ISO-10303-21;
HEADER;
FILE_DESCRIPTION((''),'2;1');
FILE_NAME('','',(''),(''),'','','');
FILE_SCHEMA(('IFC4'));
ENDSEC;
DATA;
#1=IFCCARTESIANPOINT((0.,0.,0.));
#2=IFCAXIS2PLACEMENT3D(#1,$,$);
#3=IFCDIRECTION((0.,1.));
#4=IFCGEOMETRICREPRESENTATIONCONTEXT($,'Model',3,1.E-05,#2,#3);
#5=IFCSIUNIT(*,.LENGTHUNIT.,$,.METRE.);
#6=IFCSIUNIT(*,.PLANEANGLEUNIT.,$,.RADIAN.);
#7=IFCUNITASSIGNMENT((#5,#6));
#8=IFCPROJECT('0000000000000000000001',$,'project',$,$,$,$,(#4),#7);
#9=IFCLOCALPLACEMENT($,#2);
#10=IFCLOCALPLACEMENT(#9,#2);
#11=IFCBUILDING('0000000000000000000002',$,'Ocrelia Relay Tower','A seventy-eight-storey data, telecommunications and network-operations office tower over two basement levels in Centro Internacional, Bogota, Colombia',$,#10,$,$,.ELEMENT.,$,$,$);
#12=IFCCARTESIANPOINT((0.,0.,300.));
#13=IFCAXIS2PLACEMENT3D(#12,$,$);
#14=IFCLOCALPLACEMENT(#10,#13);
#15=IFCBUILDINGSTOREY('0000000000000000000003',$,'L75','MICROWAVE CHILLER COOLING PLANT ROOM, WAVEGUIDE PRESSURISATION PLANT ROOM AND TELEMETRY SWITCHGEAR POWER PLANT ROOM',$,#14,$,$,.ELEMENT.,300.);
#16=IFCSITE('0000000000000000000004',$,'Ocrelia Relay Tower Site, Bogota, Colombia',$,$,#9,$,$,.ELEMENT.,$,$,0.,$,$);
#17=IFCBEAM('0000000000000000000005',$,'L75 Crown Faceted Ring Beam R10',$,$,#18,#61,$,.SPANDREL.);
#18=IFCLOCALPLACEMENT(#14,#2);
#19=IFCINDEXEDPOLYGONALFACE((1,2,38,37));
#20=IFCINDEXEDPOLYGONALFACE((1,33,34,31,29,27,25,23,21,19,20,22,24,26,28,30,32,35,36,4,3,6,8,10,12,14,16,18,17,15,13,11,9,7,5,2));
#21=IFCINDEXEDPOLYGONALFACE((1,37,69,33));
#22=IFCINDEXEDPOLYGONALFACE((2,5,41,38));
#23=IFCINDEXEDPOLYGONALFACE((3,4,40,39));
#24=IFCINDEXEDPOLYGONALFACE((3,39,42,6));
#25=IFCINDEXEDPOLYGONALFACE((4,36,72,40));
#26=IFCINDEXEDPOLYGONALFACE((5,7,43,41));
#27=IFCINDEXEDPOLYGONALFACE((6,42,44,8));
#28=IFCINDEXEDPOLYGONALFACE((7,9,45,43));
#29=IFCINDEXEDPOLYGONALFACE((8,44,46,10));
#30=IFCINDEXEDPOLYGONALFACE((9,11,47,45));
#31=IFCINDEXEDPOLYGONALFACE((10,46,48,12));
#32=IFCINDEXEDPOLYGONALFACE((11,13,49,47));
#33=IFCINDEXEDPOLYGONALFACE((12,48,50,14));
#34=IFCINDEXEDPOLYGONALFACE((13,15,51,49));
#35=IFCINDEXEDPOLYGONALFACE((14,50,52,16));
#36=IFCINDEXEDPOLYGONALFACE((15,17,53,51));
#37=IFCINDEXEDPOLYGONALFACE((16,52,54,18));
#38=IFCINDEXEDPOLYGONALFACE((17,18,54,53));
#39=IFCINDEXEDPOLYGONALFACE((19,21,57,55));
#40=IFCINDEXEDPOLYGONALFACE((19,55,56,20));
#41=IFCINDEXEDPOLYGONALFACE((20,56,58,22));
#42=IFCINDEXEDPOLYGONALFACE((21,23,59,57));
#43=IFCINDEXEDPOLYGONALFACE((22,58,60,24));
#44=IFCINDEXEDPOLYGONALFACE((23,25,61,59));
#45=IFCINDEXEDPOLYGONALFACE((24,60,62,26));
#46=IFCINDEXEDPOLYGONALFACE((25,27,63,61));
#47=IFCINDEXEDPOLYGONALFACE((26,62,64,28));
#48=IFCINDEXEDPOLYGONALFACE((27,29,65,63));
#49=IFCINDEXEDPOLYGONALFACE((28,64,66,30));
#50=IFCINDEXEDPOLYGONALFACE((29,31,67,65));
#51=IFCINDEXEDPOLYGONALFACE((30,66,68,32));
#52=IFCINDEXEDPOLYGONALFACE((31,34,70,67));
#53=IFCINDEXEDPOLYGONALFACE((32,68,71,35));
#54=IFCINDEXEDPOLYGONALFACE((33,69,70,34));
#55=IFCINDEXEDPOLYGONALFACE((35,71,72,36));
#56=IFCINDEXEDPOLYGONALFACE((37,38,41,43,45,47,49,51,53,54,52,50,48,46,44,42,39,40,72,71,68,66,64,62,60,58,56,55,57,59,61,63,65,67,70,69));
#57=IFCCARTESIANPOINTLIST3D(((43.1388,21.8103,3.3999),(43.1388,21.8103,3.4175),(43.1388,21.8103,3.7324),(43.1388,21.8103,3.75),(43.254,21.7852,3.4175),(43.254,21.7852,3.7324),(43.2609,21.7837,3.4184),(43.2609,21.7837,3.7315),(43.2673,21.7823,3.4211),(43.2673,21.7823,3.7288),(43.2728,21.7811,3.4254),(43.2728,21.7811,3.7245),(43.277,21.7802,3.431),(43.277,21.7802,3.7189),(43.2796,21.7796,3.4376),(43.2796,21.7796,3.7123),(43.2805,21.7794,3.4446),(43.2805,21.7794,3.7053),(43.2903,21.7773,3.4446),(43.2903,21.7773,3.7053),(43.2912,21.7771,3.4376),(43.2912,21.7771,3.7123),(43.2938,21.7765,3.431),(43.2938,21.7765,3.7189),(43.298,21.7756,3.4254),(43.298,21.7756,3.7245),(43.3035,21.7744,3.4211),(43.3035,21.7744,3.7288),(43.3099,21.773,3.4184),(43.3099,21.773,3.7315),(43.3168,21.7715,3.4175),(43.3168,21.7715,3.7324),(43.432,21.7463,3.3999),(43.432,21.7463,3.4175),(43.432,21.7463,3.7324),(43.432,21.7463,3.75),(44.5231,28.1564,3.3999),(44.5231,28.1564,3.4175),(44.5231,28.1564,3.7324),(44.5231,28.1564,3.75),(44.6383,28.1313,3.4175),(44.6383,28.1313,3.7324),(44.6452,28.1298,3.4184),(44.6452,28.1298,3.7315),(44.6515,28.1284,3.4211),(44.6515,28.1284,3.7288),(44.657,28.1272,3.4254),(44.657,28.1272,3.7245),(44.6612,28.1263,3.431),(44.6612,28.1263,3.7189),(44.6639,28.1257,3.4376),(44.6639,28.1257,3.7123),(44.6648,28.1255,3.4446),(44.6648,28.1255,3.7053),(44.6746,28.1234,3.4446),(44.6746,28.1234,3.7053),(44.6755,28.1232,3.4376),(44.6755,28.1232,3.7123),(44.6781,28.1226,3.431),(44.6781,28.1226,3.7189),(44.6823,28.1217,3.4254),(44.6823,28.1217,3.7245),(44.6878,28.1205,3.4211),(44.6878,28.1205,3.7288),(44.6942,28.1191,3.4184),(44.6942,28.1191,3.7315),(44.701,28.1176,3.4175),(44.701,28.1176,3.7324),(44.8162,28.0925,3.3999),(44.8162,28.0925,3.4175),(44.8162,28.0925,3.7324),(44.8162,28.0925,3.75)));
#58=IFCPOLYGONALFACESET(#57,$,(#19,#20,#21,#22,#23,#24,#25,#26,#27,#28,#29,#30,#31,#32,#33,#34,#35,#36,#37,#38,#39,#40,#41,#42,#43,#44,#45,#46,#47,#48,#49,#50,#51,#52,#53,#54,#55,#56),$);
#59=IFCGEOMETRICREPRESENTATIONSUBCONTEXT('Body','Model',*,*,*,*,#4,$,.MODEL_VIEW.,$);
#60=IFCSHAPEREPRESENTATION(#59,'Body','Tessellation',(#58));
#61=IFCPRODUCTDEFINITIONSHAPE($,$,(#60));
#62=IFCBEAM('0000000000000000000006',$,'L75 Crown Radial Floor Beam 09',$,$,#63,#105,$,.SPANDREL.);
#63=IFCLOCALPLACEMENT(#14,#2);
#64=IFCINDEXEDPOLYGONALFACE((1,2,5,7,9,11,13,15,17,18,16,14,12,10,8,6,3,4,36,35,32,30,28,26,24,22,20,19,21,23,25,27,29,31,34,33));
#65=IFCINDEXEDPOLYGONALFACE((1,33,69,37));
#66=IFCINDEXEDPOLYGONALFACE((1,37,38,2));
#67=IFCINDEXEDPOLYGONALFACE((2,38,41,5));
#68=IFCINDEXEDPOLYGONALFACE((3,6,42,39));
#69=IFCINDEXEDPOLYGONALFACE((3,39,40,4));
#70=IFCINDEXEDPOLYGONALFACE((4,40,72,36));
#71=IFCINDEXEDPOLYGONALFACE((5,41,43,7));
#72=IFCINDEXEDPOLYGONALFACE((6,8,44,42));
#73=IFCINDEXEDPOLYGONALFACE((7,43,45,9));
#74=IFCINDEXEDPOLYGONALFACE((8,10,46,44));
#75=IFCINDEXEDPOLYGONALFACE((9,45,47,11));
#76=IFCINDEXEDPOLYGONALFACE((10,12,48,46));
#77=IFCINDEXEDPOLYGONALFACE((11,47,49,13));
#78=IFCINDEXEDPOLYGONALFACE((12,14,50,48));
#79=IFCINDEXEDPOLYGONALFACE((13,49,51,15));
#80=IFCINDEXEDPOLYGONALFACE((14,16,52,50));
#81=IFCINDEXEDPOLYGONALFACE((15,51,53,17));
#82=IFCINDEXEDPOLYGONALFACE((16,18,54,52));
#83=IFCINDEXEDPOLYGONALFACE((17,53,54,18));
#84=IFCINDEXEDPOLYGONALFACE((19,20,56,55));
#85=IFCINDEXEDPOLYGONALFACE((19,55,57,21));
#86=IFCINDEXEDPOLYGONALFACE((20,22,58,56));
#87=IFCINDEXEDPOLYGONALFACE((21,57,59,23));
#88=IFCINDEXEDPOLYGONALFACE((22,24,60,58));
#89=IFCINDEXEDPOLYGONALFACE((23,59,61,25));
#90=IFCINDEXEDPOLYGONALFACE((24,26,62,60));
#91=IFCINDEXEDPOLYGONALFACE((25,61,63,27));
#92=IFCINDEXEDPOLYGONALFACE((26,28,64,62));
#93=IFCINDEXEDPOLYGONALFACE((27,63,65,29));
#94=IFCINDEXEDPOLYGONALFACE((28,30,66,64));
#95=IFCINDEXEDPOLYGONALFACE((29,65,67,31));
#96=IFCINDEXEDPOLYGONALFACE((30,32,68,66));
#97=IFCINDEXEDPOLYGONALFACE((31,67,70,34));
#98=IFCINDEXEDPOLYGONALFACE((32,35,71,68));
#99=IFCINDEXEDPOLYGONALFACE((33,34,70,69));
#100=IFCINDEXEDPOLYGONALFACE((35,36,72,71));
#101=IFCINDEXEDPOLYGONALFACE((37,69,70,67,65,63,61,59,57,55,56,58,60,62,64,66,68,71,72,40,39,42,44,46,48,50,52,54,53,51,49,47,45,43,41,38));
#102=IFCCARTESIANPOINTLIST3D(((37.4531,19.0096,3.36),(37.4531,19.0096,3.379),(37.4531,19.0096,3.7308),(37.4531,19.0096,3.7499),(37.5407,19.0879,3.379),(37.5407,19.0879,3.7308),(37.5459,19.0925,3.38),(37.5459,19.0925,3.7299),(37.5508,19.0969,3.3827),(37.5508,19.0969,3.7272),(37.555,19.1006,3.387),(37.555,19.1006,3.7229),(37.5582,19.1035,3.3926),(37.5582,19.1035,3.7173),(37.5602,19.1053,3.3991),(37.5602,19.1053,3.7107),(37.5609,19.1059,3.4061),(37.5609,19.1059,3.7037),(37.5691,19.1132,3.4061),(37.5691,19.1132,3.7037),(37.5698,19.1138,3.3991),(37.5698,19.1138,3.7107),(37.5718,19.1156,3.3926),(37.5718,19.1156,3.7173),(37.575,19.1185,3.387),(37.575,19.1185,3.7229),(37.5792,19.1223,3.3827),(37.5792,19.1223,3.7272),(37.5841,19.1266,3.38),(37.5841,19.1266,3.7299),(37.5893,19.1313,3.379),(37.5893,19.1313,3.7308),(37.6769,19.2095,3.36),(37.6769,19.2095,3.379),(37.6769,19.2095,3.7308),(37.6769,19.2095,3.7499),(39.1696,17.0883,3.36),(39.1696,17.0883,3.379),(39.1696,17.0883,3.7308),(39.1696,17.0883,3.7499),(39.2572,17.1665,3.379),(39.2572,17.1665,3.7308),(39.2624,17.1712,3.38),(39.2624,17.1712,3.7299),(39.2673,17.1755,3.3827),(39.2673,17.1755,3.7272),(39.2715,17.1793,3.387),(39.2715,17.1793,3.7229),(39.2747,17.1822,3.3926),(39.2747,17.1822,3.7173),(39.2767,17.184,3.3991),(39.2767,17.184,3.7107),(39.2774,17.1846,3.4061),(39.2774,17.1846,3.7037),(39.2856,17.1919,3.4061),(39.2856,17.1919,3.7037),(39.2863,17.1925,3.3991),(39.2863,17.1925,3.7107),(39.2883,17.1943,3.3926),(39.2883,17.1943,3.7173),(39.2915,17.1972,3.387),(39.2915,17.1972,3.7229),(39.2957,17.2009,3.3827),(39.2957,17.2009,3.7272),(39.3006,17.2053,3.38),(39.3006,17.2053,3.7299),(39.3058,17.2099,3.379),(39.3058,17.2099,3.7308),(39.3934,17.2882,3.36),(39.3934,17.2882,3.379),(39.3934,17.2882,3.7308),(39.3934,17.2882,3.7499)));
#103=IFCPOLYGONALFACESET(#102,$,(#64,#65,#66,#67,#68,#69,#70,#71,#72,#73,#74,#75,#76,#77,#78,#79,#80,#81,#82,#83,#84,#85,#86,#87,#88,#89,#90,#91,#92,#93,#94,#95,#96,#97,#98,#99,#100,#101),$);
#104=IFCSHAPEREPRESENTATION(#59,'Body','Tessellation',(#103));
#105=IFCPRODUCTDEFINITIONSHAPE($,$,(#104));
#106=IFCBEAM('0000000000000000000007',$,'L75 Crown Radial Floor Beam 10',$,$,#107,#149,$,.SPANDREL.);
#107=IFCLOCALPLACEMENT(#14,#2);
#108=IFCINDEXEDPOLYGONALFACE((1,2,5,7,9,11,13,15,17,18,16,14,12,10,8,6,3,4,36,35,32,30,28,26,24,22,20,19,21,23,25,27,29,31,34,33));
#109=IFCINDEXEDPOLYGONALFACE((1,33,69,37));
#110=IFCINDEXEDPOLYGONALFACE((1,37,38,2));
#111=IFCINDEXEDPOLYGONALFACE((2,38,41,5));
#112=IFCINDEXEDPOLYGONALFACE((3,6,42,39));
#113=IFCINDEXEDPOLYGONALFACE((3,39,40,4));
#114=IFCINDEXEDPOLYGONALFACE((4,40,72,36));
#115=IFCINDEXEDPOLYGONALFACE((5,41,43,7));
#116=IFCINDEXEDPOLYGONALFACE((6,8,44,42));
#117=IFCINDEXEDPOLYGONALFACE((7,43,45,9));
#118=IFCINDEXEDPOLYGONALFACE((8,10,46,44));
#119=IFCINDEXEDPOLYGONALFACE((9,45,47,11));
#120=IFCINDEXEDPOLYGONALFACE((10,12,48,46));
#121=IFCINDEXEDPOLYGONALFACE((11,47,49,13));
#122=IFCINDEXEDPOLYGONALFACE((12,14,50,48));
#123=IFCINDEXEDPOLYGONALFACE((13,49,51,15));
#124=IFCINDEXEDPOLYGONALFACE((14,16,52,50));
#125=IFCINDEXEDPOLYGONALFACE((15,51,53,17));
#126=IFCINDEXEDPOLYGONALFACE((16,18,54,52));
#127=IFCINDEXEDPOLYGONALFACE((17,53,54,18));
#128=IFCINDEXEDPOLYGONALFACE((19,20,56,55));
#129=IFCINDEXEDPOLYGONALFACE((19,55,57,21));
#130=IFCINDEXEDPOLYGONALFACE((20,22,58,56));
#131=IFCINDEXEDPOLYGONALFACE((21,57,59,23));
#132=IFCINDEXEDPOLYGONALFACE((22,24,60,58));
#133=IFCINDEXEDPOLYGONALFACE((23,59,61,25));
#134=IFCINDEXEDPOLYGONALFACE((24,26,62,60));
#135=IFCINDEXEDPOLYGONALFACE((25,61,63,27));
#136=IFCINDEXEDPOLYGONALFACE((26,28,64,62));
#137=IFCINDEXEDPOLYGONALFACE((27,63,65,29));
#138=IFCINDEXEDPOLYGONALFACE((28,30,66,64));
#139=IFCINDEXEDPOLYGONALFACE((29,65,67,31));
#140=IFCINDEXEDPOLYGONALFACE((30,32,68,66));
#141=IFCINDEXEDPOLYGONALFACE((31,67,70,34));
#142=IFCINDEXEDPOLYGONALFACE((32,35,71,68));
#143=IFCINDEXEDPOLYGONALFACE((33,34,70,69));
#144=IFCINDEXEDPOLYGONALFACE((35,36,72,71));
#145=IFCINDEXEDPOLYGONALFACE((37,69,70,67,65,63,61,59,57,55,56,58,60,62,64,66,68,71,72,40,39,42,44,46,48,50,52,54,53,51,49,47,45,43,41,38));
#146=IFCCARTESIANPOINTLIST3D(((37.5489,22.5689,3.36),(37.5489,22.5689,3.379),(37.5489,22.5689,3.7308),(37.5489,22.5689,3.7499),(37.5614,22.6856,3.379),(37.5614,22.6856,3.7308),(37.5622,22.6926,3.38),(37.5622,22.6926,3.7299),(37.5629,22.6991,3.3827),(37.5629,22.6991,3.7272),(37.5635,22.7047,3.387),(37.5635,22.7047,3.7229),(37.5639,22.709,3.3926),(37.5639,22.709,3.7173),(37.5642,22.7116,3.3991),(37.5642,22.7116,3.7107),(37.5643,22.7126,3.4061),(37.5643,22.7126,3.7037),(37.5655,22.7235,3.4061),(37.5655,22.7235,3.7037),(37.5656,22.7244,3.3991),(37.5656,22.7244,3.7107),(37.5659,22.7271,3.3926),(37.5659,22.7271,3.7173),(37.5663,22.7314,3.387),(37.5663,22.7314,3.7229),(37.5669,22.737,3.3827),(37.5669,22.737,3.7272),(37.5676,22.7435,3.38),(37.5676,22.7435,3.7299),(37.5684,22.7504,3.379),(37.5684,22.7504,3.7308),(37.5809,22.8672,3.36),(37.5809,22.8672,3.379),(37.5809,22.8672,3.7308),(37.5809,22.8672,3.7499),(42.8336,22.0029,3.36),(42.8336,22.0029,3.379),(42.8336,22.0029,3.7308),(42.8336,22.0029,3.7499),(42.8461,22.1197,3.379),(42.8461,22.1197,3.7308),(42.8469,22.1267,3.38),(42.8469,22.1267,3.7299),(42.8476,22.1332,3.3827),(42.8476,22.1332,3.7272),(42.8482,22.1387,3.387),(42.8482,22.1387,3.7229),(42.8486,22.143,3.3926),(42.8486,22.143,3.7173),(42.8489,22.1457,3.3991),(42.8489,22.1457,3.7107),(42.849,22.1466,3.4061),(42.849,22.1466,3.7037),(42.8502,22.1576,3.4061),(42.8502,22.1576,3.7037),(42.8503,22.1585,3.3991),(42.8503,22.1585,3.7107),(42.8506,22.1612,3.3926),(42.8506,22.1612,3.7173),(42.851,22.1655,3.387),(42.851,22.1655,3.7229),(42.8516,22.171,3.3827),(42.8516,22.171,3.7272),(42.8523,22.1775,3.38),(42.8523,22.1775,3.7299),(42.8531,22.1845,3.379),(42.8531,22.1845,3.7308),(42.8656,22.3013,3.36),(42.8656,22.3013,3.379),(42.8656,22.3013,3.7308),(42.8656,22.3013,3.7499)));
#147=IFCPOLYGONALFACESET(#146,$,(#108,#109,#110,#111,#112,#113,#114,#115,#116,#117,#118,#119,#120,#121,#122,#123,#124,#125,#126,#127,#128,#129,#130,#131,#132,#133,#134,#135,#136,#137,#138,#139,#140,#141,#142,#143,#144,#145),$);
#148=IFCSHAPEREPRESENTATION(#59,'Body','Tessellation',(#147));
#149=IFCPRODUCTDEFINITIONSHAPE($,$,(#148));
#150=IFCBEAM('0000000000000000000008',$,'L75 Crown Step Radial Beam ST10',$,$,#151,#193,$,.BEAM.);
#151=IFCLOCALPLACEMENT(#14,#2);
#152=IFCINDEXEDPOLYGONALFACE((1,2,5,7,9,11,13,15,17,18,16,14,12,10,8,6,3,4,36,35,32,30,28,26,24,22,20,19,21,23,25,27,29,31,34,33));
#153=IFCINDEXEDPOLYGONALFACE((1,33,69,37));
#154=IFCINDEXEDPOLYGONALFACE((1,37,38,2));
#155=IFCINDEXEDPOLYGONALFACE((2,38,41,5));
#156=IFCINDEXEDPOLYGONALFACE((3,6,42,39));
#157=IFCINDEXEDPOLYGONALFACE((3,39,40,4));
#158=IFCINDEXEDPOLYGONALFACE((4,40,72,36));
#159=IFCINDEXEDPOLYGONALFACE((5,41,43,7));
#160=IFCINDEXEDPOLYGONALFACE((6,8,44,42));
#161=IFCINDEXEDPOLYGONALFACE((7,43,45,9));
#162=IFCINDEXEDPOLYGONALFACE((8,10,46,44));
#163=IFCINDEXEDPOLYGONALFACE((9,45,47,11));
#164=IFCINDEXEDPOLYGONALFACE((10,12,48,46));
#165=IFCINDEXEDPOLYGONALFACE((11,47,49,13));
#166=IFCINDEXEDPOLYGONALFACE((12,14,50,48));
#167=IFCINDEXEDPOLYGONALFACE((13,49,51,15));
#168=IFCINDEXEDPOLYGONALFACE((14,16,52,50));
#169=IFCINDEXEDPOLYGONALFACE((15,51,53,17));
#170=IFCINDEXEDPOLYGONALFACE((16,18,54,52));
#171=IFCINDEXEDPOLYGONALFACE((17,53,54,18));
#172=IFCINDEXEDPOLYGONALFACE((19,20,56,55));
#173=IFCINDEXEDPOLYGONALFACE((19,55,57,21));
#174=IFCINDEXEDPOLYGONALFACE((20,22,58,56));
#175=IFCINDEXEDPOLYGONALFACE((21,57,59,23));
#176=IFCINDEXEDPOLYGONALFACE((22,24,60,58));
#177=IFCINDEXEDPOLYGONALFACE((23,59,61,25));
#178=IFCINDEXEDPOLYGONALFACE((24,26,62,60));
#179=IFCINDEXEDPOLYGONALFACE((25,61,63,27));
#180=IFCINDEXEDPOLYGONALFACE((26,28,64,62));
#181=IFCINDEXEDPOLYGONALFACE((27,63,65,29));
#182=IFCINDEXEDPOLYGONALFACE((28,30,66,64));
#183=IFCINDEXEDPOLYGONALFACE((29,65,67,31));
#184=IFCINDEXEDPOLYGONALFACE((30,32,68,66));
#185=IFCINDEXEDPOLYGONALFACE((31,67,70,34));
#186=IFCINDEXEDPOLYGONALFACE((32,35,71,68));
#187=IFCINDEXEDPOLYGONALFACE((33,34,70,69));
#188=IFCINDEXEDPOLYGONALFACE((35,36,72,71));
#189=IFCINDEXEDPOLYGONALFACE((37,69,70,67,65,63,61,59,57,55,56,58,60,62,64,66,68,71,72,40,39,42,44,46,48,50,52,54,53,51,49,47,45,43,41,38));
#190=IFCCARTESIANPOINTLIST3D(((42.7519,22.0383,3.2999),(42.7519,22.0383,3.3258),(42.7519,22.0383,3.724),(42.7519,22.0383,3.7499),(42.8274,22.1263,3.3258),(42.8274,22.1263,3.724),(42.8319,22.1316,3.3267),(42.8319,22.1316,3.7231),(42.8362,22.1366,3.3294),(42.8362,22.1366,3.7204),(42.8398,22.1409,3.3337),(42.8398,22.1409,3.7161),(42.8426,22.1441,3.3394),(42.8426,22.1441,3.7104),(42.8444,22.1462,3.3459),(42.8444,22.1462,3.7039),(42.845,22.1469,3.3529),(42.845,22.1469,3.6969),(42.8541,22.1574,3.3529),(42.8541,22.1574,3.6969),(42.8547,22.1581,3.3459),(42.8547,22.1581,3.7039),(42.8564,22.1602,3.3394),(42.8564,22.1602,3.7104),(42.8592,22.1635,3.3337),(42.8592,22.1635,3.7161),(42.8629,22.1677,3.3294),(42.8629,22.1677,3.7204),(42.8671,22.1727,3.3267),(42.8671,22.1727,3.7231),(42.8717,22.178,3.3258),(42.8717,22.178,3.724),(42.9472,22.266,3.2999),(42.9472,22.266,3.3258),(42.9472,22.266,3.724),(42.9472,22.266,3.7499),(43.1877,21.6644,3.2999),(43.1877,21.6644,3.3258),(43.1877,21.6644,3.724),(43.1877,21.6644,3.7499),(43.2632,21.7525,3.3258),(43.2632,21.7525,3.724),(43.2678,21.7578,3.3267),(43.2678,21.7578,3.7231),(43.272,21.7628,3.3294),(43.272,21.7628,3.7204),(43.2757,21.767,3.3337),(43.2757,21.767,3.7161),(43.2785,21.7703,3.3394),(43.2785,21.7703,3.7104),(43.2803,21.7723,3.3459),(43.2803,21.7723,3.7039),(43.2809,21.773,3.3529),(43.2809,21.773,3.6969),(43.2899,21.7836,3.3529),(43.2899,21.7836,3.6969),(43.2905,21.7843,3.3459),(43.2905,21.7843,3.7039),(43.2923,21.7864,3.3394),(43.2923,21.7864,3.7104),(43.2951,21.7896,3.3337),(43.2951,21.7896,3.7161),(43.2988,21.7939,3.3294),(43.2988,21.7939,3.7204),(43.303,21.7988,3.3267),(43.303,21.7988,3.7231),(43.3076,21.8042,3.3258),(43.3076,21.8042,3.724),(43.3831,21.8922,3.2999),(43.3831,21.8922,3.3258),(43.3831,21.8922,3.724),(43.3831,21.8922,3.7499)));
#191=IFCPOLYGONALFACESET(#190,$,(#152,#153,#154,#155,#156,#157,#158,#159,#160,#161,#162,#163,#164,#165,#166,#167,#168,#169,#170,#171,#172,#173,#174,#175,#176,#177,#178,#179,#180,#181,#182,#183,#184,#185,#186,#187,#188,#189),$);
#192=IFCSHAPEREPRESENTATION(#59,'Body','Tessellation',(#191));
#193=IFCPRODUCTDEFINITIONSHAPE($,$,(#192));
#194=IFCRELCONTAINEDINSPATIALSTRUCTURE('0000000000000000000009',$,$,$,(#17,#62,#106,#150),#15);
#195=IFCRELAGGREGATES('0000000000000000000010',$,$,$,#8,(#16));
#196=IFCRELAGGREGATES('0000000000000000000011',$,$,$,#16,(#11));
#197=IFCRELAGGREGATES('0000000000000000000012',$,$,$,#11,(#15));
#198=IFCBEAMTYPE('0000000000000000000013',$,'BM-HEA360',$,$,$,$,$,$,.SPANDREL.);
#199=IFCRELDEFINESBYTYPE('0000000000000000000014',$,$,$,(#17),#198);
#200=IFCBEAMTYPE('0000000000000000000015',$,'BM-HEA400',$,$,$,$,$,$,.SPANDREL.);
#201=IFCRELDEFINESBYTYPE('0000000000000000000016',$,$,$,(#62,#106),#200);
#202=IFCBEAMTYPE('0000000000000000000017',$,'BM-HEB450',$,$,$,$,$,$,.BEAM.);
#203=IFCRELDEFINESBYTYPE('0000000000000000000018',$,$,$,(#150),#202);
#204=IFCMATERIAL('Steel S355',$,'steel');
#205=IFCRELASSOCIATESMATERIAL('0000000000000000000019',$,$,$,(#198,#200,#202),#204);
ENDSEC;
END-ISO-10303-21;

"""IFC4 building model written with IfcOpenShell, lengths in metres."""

from ifc_helpers import new_model, si_unit, direction, frame, origin, origin_2d, place, context, subcontext, project, spatial, i_section, extrude, material, material_profile, profile_set, type_object, element, save


model = new_model("IFC4")

# Units and contexts
model_context = context("Model", 3, precision=1e-05, world=origin(), true_north=direction((0.0, 1.0)))
body_context = subcontext(model_context, "Body", "Model", "MODEL_VIEW")
ifc_project = project(units=[si_unit("LENGTHUNIT", "METRE"), si_unit("PLANEANGLEUNIT", "RADIAN")], contexts=[model_context])

# Site, building, storey
site_placement = place(None, origin())
site = spatial("IfcSite", under=ifc_project, at=site_placement, Name="Ocrelia Relay Tower Site, Bogota, Colombia", CompositionType="ELEMENT", RefElevation=0.0)
building_placement = place(site_placement, origin())
building = spatial("IfcBuilding", under=site, at=building_placement, Name="Ocrelia Relay Tower", Description="A seventy-eight-storey data, telecommunications and network-operations office tower over two basement levels in Centro Internacional, Bogota, Colombia", CompositionType="ELEMENT")
storey_placement = place(building_placement, frame((0.0, 0.0, 300.0)))
storey = spatial("IfcBuildingStorey", under=building, at=storey_placement, Name="L75", Description="MICROWAVE CHILLER COOLING PLANT ROOM, WAVEGUIDE PRESSURISATION PLANT ROOM AND TELEMETRY SWITCHGEAR POWER PLANT ROOM", CompositionType="ELEMENT", Elevation=300.0)

# Beams
ifc_material_1 = material(Name="Steel S355", Category="steel")
ifc_material_profile_1 = material_profile(ifc_material_1, i_section(OverallWidth=0.3, OverallDepth=0.3501, WebThickness=0.01, FlangeThickness=0.0176, FilletRadius=0.0271, at=origin_2d()), Name="HEA 360")
ifc_profile_set_1 = profile_set([ifc_material_profile_1], Name="Steel S355")
beam_type_1 = type_object("IfcBeamType", Name="BM-HEA360", PredefinedType="SPANDREL", material=ifc_profile_set_1)
beam_1_placement = place(storey_placement, frame((43.2854, 21.7783, 3.575), z_axis=(0.213116, 0.977027, 0.0), x_axis=(-0.977027, 0.213116, 0.0)))
element("IfcBeam", 1, at=beam_1_placement, inside=storey, type_object=beam_type_1, Name="L75 Crown Faceted Ring Beam R10", PredefinedType="SPANDREL", context=body_context, shape_type="SweptSolid", body=[
    extrude(i_section(OverallWidth=0.3, OverallDepth=0.3501, WebThickness=0.01, FlangeThickness=0.0176, FilletRadius=0.0271, at=origin_2d()), origin(), (0.0, 0.0, 1.0), 6.4954),
])
ifc_material_profile_2 = material_profile(ifc_material_1, i_section(OverallWidth=0.3, OverallDepth=0.3899, WebThickness=0.011, FlangeThickness=0.019, FilletRadius=0.0271, at=origin_2d()), Name="HEA 400")
ifc_profile_set_2 = profile_set([ifc_material_profile_2], Name="Steel S355")
beam_type_2 = type_object("IfcBeamType", Name="BM-HEA400", PredefinedType="SPANDREL", material=ifc_profile_set_2)
beam_2_placement = place(storey_placement, frame((39.2815, 17.1882, 3.5549), z_axis=(-0.666238, 0.745739, 0.0), x_axis=(-0.745739, -0.666238, 0.0)))
element("IfcBeam", 2, at=beam_2_placement, inside=storey, type_object=beam_type_2, Name="L75 Crown Radial Floor Beam 09", PredefinedType="SPANDREL", context=body_context, shape_type="SweptSolid", body=[
    extrude(i_section(OverallWidth=0.3, OverallDepth=0.3899, WebThickness=0.011, FlangeThickness=0.019, FilletRadius=0.0271, at=origin_2d()), origin(), (0.0, 0.0, 1.0), 2.5764),
])
beam_3_placement = place(storey_placement, frame((42.8496, 22.1521, 3.5549), z_axis=(-0.994315, 0.106478, 0.0), x_axis=(-0.106478, -0.994315, 0.0)))
element("IfcBeam", 3, at=beam_3_placement, inside=storey, type_object=beam_type_2, Name="L75 Crown Radial Floor Beam 10", PredefinedType="SPANDREL", context=body_context, shape_type="SweptSolid", body=[
    extrude(i_section(OverallWidth=0.3, OverallDepth=0.3899, WebThickness=0.011, FlangeThickness=0.019, FilletRadius=0.0271, at=origin_2d()), origin(), (0.0, 0.0, 1.0), 5.3149),
])
ifc_material_profile_3 = material_profile(ifc_material_1, i_section(OverallWidth=0.3, OverallDepth=0.45, WebThickness=0.0139, FlangeThickness=0.0259, FilletRadius=0.0271, at=origin_2d()), Name="HEB 450")
ifc_profile_set_3 = profile_set([ifc_material_profile_3], Name="Steel S355")
beam_type_3 = type_object("IfcBeamType", Name="BM-HEB450", PredefinedType="BEAM", material=ifc_profile_set_3)
beam_4_placement = place(storey_placement, frame((43.2854, 21.7783, 3.5249), z_axis=(-0.759046, 0.651036, 0.0), x_axis=(-0.651036, -0.759046, 0.0)))
element("IfcBeam", 4, at=beam_4_placement, inside=storey, type_object=beam_type_3, Name="L75 Crown Step Radial Beam ST10", PredefinedType="BEAM", context=body_context, shape_type="SweptSolid", body=[
    extrude(i_section(OverallWidth=0.3, OverallDepth=0.45, WebThickness=0.0139, FlangeThickness=0.0259, FilletRadius=0.0271, at=origin_2d()), origin(), (0.0, 0.0, 1.0), 0.5742),
])

save(model, "model.ifc")
